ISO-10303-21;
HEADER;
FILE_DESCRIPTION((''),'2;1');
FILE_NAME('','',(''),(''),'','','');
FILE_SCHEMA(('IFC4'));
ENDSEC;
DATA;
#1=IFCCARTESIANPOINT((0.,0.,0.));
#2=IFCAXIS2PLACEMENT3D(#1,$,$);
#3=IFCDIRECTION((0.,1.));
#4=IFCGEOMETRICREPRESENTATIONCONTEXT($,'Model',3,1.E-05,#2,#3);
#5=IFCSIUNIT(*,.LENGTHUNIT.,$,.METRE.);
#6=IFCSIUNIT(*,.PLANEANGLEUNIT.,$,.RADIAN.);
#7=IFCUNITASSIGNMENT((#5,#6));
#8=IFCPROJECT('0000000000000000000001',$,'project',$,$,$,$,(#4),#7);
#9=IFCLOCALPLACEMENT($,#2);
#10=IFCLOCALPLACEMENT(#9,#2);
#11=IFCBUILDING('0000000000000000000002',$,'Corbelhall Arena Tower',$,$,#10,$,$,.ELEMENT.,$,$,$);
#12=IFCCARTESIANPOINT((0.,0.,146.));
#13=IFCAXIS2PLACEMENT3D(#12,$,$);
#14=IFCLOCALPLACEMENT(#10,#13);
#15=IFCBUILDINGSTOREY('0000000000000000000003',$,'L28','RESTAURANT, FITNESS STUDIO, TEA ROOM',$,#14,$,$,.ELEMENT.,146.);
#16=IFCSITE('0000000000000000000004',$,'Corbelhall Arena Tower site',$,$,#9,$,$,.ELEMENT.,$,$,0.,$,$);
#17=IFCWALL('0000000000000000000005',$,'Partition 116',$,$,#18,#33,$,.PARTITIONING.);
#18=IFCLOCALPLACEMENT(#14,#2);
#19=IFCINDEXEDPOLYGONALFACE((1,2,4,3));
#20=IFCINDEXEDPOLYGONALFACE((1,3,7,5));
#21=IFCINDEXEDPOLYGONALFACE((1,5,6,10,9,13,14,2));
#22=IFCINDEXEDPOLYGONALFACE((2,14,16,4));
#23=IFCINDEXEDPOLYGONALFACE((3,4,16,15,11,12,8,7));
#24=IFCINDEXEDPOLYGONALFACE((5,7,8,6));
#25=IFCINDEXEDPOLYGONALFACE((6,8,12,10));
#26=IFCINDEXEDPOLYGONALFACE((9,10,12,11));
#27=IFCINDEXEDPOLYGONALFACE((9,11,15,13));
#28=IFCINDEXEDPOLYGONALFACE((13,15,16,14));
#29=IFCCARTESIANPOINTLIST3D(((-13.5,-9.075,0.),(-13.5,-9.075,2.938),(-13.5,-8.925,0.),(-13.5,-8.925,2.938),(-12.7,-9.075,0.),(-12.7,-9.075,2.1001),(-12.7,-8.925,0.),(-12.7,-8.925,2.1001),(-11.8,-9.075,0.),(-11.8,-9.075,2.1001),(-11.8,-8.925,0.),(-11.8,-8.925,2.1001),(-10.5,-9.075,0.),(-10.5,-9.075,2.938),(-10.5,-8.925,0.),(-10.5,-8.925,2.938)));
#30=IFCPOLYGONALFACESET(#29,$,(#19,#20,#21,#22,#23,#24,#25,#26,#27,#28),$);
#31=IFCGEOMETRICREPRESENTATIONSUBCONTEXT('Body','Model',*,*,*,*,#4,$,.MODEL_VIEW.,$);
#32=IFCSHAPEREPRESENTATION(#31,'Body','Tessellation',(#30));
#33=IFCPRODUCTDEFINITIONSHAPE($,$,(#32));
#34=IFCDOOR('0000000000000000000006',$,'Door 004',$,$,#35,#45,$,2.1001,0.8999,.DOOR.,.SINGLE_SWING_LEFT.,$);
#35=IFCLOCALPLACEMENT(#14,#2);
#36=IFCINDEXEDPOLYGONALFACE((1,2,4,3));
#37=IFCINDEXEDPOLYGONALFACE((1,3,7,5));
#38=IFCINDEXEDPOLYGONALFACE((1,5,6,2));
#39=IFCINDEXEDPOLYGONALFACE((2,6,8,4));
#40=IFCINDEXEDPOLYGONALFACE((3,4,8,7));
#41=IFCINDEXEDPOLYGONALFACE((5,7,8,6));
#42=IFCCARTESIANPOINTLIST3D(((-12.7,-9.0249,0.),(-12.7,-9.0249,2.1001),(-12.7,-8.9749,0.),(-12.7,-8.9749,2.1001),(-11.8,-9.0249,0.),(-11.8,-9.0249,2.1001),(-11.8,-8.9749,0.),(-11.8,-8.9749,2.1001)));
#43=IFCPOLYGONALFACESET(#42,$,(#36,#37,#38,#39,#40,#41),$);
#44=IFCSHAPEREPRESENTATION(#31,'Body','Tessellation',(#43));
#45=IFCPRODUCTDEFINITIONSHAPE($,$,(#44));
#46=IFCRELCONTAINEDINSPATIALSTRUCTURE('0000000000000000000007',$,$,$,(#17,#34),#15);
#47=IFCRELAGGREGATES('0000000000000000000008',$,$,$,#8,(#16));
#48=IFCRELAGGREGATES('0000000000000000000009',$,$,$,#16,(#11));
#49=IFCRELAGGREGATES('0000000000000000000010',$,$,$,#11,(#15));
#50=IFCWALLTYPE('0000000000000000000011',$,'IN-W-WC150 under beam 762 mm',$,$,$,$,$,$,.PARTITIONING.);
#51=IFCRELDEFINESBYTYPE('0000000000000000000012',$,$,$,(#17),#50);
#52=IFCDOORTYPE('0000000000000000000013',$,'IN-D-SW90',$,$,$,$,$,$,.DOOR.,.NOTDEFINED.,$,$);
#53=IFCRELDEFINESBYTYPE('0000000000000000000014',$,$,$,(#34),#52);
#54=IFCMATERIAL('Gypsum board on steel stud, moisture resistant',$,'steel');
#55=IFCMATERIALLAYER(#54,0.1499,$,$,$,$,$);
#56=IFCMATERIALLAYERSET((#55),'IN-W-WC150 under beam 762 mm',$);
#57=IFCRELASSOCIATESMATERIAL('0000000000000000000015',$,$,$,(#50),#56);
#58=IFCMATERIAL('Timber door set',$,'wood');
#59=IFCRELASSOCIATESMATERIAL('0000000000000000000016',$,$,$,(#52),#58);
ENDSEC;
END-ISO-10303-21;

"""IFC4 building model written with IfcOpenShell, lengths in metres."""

from ifc_helpers import new_model, si_unit, direction, frame, frame_2d, origin, place, context, subcontext, project, spatial, rectangle, extrude, material, layer, layer_set, type_object, element, fill, save


model = new_model("IFC4")

# Units and contexts
model_context = context("Model", 3, precision=1e-05, world=origin(), true_north=direction((0.0, 1.0)))
body_context = subcontext(model_context, "Body", "Model", "MODEL_VIEW")
ifc_project = project(units=[si_unit("LENGTHUNIT", "METRE"), si_unit("PLANEANGLEUNIT", "RADIAN")], contexts=[model_context])

# Site, building, storey
site_placement = place(None, origin())
site = spatial("IfcSite", under=ifc_project, at=site_placement, Name="Corbelhall Arena Tower site", CompositionType="ELEMENT", RefElevation=0.0)
building_placement = place(site_placement, origin())
building = spatial("IfcBuilding", under=site, at=building_placement, Name="Corbelhall Arena Tower", CompositionType="ELEMENT")
storey_placement = place(building_placement, frame((0.0, 0.0, 146.0)))
storey = spatial("IfcBuildingStorey", under=building, at=storey_placement, Name="L28", Description="RESTAURANT, FITNESS STUDIO, TEA ROOM", CompositionType="ELEMENT", Elevation=146.0)

# Shared definitions
ifc_material_1 = material(Name="Gypsum board on steel stud, moisture resistant", Category="steel")
ifc_layer_1 = layer(ifc_material_1, 0.1499)
ifc_layer_set_1 = layer_set([ifc_layer_1], Name="IN-W-WC150 under beam 762 mm")
wall_type_1 = type_object("IfcWallType", Name="IN-W-WC150 under beam 762 mm", PredefinedType="PARTITIONING", material=ifc_layer_set_1)

# Wall, opening, door
wall_1_placement = place(storey_placement, frame((-10.5, -9.0, 0.0), z_axis=(0.0, 0.0, 1.0), x_axis=(-1.0, 0.0, 0.0)))
wall_1 = element("IfcWall", 1, at=wall_1_placement, inside=storey, type_object=wall_type_1, Name="Partition 116", PredefinedType="PARTITIONING", context=body_context, shape_type="SweptSolid", body=[
    extrude(rectangle(XDim=3.0, YDim=0.1499, at=frame_2d((1.5, 0.0))), origin(), (0.0, 0.0, 1.0), 2.938),
])
opening_1_placement = place(wall_1_placement, frame((1.3, 0.0, 0.0)))
opening_1 = element("IfcOpeningElement", 2, at=opening_1_placement, cuts=wall_1, PredefinedType="OPENING", context=body_context, shape_type="SweptSolid", body=[
    extrude(rectangle(XDim=0.8999, YDim=2.1001, at=frame_2d((0.45, 1.05))), frame((0.0, 0.075, 0.0), z_axis=(0.0, -1.0, 0.0), x_axis=(1.0, 0.0, 0.0)), (0.0, 0.0, 1.0), 0.1499),
])
ifc_material_2 = material(Name="Timber door set", Category="wood")
door_type_1 = type_object("IfcDoorType", Name="IN-D-SW90", OperationType="NOTDEFINED", PredefinedType="DOOR", material=ifc_material_2)
door_1_placement = place(opening_1_placement, origin())
door_1 = element("IfcDoor", 3, at=door_1_placement, inside=storey, type_object=door_type_1, Name="Door 004", OperationType="SINGLE_SWING_LEFT", OverallHeight=2.1001, OverallWidth=0.8999, PredefinedType="DOOR", context=body_context, shape_type="SweptSolid", body=[
    extrude(rectangle(XDim=0.8999, YDim=2.1001, at=frame_2d((0.45, 1.05))), frame((0.0, 0.0249, 0.0), z_axis=(0.0, -1.0, 0.0), x_axis=(1.0, 0.0, 0.0)), (0.0, 0.0, 1.0), 0.05),
])
fill(opening_1, door_1)

save(model, "model.ifc")
